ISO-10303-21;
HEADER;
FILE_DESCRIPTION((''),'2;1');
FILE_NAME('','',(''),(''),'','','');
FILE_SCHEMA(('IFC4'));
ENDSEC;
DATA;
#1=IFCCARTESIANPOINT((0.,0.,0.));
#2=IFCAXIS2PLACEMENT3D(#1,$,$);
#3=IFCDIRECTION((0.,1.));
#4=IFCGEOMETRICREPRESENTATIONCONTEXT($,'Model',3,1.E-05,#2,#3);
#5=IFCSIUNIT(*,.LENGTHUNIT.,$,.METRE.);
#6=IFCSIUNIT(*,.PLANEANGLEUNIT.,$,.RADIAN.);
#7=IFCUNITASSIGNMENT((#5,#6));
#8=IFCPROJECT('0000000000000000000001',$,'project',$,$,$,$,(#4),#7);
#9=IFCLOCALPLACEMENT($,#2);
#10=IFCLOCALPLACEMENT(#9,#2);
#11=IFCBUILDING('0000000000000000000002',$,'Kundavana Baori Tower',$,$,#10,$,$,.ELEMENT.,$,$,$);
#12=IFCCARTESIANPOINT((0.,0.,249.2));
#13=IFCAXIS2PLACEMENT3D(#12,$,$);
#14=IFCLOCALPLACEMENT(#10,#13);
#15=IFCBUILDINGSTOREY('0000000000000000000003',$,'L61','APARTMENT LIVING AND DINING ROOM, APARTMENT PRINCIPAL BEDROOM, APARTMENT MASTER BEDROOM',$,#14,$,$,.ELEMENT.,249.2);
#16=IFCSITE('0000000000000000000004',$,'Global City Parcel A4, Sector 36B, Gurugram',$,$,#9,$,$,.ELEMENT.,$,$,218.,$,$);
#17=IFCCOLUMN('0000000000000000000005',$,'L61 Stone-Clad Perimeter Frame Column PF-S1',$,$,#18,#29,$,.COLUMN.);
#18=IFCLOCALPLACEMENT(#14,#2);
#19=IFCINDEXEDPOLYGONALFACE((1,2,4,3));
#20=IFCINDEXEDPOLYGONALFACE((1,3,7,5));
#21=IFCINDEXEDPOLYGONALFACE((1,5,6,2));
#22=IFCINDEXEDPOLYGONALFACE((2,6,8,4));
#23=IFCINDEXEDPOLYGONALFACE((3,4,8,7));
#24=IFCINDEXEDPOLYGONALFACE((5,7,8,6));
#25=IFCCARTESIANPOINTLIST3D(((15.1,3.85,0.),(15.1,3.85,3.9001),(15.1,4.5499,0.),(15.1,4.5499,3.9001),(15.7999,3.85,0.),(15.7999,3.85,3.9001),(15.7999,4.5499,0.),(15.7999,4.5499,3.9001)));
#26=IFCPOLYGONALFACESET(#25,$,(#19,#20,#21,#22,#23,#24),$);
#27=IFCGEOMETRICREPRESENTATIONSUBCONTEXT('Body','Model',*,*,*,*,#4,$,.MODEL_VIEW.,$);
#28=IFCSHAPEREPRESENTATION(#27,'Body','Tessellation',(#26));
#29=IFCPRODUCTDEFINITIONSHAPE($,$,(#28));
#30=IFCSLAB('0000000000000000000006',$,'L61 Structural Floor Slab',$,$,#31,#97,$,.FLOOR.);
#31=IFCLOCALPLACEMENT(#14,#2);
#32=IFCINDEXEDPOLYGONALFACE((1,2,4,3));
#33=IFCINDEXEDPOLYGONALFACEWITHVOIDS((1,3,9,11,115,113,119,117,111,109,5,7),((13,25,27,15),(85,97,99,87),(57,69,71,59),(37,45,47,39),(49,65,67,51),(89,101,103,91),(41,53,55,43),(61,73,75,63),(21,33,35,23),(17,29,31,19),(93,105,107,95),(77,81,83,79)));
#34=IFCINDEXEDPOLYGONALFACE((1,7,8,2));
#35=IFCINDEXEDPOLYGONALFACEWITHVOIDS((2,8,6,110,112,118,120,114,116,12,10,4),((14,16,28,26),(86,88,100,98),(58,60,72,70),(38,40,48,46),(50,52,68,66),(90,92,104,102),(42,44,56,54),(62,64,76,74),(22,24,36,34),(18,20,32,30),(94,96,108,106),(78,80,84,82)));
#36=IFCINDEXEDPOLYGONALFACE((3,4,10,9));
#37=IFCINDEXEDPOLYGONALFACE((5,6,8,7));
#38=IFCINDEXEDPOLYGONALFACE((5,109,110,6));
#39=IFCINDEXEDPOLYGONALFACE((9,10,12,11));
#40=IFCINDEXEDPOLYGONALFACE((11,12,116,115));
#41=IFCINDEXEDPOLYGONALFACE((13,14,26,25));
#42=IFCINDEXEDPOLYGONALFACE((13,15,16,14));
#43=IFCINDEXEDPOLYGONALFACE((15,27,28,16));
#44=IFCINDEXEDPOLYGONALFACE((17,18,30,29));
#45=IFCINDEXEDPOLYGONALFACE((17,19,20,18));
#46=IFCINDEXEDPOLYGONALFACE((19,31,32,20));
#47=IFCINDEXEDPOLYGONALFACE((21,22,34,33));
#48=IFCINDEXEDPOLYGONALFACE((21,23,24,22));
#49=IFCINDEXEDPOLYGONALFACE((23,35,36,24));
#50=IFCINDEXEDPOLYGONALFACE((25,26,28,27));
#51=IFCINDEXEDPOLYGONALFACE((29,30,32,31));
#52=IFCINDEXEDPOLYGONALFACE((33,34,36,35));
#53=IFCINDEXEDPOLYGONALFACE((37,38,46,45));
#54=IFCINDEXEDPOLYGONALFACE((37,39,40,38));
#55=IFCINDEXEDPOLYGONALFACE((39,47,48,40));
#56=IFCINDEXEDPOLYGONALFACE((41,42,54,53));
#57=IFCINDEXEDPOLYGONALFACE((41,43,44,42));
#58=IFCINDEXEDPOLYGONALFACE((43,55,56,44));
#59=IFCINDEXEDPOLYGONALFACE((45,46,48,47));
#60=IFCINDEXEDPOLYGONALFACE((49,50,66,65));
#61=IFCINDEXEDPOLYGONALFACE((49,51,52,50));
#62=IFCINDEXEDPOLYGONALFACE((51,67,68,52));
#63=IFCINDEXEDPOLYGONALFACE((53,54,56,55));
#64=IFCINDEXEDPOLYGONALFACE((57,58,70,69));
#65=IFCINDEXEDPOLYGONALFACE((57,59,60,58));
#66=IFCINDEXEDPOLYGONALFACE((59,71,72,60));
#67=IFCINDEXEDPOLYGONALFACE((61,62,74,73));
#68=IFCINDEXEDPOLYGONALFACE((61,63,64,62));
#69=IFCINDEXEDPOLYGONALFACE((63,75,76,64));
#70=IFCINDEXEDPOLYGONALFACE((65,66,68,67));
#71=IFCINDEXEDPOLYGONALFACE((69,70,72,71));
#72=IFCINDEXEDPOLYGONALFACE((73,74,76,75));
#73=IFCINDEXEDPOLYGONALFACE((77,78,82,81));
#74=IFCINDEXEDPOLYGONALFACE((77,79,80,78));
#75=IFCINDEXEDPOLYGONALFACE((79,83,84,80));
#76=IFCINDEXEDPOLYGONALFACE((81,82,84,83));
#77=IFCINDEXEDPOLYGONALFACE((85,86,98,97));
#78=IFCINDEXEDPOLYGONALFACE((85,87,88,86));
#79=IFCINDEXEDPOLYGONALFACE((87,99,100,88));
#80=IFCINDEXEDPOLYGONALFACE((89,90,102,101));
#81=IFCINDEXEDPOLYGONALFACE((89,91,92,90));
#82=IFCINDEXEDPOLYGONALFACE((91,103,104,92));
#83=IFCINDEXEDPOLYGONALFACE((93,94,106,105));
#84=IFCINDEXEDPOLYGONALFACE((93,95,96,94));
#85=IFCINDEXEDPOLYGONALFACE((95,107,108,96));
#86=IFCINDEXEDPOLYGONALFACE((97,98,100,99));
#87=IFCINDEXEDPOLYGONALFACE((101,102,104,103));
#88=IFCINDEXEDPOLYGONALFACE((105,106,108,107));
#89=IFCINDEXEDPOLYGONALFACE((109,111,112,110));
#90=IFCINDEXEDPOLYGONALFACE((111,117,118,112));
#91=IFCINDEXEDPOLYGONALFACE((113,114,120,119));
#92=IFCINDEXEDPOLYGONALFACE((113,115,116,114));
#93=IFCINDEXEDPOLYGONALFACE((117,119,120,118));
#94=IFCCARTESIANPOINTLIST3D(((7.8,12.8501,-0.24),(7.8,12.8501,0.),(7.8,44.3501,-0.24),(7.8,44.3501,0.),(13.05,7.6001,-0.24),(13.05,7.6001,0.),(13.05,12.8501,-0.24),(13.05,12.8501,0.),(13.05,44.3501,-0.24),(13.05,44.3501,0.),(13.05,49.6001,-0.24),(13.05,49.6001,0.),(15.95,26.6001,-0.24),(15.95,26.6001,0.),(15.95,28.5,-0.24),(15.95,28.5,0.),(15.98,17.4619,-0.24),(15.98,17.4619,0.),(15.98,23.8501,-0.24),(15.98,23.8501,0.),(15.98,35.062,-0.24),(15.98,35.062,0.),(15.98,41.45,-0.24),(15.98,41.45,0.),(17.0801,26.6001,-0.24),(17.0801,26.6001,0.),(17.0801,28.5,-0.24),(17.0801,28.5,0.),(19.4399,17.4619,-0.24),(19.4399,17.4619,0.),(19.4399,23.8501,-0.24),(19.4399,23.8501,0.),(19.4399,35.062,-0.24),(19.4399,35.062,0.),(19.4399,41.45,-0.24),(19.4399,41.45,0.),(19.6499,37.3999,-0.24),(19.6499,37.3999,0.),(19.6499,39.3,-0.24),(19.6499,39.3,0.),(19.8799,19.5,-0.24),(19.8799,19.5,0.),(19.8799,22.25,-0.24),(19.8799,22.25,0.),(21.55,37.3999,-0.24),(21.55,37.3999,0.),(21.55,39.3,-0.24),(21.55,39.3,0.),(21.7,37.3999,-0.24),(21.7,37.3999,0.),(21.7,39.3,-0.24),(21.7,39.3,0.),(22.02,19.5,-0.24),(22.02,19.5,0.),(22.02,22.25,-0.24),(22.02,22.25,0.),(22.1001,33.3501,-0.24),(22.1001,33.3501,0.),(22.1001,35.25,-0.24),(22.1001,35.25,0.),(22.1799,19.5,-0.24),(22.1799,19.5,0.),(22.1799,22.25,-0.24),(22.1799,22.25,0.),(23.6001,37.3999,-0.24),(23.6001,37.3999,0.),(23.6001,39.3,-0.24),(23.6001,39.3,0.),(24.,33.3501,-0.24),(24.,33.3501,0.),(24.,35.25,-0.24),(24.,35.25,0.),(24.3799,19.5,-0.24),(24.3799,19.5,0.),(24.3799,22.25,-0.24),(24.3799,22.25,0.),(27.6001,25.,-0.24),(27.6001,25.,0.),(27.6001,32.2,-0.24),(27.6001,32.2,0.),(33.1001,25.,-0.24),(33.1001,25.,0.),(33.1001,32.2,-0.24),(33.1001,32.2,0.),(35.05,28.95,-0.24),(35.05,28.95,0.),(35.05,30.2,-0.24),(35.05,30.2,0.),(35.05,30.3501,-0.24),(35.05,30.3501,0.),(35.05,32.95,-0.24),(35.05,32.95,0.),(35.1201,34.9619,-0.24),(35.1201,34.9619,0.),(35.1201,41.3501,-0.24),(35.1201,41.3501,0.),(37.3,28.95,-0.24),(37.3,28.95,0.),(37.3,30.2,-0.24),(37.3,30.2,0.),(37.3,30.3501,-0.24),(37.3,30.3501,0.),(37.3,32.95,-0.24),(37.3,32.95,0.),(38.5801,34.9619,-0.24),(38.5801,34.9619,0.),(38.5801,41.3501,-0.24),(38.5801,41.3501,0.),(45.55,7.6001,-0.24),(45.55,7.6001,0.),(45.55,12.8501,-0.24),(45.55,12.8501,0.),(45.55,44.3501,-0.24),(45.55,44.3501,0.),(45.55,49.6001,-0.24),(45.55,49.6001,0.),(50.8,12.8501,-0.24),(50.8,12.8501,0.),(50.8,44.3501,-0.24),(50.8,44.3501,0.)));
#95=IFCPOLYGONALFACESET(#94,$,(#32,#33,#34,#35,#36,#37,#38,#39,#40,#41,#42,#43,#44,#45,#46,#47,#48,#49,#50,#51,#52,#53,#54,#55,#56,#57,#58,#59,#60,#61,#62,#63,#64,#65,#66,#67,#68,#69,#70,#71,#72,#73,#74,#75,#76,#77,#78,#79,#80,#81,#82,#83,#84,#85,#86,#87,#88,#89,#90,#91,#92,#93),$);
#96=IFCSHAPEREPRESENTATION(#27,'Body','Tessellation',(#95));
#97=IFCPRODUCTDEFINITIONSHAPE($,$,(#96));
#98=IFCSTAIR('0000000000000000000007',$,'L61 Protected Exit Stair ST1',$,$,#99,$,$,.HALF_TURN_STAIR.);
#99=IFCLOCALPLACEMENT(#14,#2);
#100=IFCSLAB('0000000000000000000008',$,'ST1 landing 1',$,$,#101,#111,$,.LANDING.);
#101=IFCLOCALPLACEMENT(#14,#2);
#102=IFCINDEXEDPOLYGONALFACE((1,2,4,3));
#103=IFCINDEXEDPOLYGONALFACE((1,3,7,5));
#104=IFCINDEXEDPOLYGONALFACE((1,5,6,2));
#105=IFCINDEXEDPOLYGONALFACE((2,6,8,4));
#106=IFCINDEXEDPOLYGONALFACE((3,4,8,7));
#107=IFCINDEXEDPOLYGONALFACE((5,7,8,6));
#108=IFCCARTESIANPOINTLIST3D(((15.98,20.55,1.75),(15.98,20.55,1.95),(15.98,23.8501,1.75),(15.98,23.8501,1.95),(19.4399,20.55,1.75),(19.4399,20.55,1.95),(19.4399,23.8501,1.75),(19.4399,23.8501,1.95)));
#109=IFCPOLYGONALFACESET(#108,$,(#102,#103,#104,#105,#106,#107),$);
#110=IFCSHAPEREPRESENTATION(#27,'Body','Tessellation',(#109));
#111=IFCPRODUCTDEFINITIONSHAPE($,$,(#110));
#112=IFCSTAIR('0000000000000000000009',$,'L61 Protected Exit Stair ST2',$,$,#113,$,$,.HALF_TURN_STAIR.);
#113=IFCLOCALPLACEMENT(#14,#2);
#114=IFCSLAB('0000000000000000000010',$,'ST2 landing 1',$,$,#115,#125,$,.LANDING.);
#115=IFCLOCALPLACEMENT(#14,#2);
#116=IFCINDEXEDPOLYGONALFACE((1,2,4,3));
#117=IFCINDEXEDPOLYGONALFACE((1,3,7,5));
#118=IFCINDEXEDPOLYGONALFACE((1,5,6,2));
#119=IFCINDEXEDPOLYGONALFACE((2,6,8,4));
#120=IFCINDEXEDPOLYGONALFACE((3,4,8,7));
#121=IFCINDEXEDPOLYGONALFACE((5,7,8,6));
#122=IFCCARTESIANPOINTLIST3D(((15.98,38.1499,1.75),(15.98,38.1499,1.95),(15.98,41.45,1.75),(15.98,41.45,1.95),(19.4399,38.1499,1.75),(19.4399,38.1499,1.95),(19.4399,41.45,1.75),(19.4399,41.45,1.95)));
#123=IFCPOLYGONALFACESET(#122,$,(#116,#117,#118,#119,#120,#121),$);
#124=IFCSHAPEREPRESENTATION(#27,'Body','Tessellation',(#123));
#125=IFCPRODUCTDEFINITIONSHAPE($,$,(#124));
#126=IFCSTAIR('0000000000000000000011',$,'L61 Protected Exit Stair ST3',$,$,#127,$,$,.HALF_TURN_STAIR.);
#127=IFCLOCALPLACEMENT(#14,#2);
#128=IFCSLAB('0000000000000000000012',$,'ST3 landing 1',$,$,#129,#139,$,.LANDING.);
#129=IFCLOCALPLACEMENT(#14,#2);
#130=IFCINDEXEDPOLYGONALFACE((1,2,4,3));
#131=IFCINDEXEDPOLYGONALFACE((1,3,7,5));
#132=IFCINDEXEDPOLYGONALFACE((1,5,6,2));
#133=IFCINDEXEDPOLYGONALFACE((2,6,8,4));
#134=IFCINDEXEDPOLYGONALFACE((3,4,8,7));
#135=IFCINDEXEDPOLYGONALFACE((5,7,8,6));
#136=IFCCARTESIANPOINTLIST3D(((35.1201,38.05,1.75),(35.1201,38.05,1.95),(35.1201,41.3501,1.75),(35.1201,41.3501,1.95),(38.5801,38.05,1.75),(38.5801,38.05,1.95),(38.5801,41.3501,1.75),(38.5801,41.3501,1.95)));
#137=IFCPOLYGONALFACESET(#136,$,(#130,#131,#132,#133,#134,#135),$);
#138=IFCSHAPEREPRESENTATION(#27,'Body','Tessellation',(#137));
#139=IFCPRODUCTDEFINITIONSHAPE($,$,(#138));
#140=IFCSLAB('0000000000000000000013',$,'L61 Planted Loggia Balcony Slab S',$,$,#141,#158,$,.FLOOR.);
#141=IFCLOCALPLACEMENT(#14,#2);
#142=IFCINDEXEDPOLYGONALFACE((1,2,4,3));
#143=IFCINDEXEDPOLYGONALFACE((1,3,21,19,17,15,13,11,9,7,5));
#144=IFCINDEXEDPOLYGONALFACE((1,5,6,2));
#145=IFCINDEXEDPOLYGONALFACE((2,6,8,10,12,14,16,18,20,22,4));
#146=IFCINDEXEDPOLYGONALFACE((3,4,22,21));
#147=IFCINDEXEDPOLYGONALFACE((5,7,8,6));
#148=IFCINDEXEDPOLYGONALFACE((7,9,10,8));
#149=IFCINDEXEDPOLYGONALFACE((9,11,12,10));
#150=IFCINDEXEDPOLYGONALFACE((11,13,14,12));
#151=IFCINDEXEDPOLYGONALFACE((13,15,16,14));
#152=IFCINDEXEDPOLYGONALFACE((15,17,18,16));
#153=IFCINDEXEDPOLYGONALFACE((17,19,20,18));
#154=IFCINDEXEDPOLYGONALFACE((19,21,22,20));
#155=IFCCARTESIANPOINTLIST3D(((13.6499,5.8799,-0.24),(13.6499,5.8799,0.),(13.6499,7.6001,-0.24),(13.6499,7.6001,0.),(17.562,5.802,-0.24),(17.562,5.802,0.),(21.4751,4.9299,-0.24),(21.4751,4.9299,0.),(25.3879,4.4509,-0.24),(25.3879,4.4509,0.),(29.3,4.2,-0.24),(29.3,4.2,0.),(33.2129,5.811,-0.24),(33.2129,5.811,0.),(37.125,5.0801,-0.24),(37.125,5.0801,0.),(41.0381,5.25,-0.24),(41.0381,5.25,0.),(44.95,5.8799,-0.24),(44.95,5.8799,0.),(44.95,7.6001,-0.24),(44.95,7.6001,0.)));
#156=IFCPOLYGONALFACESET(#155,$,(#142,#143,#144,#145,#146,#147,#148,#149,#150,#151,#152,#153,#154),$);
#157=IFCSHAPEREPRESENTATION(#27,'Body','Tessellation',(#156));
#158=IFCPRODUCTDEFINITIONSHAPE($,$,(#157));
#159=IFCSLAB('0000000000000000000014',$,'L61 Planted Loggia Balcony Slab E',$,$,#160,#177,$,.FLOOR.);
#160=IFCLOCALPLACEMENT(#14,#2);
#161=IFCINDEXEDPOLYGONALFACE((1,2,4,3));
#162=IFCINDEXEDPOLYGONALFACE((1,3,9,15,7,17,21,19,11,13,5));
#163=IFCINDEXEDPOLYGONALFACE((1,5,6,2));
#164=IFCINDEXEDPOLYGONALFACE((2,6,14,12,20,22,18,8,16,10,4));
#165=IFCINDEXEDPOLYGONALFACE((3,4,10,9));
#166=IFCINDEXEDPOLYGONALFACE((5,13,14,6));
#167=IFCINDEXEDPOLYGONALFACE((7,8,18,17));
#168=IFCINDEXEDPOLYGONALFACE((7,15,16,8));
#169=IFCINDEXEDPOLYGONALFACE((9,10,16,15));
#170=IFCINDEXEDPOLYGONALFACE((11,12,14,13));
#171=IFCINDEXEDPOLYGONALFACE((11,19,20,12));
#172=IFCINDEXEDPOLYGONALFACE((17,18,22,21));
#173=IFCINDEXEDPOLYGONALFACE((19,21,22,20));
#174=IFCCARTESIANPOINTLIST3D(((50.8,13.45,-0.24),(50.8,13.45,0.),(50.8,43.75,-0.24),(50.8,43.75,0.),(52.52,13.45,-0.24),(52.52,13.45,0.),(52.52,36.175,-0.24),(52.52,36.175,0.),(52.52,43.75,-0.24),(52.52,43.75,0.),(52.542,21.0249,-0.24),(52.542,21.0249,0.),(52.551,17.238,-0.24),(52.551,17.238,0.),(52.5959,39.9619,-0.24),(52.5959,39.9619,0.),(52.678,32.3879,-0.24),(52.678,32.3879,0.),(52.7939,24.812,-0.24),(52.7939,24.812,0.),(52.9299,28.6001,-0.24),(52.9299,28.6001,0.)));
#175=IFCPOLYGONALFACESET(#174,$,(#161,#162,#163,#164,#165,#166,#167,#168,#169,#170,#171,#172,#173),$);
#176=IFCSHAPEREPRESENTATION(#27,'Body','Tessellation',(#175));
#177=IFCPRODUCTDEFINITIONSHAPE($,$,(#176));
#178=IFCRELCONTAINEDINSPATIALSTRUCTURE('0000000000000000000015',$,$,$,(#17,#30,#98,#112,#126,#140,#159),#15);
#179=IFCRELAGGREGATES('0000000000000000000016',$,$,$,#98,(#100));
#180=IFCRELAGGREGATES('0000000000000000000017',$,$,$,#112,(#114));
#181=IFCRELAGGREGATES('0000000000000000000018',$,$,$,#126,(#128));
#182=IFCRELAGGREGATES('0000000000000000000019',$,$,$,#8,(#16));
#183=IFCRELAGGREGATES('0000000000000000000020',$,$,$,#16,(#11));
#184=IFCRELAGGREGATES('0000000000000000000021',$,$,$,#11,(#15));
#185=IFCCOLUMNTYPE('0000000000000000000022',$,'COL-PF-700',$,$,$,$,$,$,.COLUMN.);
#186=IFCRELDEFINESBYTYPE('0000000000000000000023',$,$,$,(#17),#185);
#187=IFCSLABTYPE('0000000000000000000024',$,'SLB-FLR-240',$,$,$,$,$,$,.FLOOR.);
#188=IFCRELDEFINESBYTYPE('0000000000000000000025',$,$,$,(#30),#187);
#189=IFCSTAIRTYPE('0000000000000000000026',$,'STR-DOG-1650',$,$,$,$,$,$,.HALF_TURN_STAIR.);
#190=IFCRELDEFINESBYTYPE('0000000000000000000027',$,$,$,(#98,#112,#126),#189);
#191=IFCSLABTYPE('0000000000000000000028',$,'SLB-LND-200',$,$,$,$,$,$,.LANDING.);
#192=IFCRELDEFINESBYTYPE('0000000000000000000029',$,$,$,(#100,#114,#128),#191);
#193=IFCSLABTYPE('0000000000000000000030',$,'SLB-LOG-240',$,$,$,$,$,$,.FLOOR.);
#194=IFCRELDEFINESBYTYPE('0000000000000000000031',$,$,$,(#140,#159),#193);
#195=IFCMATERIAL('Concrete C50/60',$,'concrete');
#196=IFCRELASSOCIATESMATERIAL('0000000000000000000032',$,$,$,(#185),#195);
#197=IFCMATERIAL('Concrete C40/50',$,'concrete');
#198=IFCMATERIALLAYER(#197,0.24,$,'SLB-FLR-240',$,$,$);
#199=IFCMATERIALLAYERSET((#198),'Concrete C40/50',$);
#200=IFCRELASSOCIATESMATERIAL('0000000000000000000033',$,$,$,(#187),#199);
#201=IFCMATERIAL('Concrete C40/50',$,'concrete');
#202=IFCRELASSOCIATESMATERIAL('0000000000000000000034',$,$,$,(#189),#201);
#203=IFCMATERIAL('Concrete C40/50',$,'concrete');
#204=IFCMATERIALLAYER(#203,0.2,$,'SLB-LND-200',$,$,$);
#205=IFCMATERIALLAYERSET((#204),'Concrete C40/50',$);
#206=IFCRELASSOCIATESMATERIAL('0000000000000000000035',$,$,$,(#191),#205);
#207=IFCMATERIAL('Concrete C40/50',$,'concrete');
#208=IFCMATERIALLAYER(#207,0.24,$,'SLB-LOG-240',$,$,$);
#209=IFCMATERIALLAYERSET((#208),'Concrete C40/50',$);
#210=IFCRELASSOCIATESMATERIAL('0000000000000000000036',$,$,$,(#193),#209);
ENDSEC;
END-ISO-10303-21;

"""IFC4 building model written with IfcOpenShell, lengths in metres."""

from ifc_helpers import new_model, si_unit, direction, frame, origin, origin_2d, place, context, subcontext, project, spatial, polyline, rectangle, outline, extrude, material, layer, layer_set, material_profile, profile_set, type_object, element, aggregate, save


model = new_model("IFC4")

# Units and contexts
model_context = context("Model", 3, precision=1e-05, world=origin(), true_north=direction((0.0, 1.0)))
body_context = subcontext(model_context, "Body", "Model", "MODEL_VIEW")
ifc_project = project(units=[si_unit("LENGTHUNIT", "METRE"), si_unit("PLANEANGLEUNIT", "RADIAN")], contexts=[model_context])

# Site, building, storey
site_placement = place(None, origin())
site = spatial("IfcSite", under=ifc_project, at=site_placement, Name="Global City Parcel A4, Sector 36B, Gurugram", CompositionType="ELEMENT", RefElevation=218.0)
building_placement = place(site_placement, origin())
building = spatial("IfcBuilding", under=site, at=building_placement, Name="Kundavana Baori Tower", CompositionType="ELEMENT")
storey_placement = place(building_placement, frame((0.0, 0.0, 249.2)))
storey = spatial("IfcBuildingStorey", under=building, at=storey_placement, Name="L61", Description="APARTMENT LIVING AND DINING ROOM, APARTMENT PRINCIPAL BEDROOM, APARTMENT MASTER BEDROOM", CompositionType="ELEMENT", Elevation=249.2)

# Column
ifc_material_1 = material(Name="Concrete C50/60", Category="concrete")
ifc_material_profile = material_profile(ifc_material_1, rectangle(XDim=0.7, YDim=0.7, at=origin_2d()), Name="RC PF 700x700")
ifc_profile_set = profile_set([ifc_material_profile], Name="Concrete C50/60")
column_type = type_object("IfcColumnType", Name="COL-PF-700", PredefinedType="COLUMN", material=ifc_profile_set)
column_placement = place(storey_placement, frame((15.45, 4.2, 0.0), z_axis=(0.0, 0.0, 1.0), x_axis=(1.0, 0.0, 0.0)))
element("IfcColumn", 1, at=column_placement, inside=storey, type_object=column_type, Name="L61 Stone-Clad Perimeter Frame Column PF-S1", PredefinedType="COLUMN", context=body_context, shape_type="SweptSolid", body=[
    extrude(rectangle(XDim=0.7, YDim=0.7, at=origin_2d()), origin(), (0.0, 0.0, 1.0), 3.9001),
])

# Slab
ifc_material_2 = material(Name="Concrete C40/50", Category="concrete")
ifc_layer_1 = layer(ifc_material_2, 0.24, Name="SLB-FLR-240")
ifc_layer_set_1 = layer_set([ifc_layer_1], Name="Concrete C40/50")
slab_type_1 = type_object("IfcSlabType", Name="SLB-FLR-240", PredefinedType="FLOOR", material=ifc_layer_set_1)
slab_1_placement = place(storey_placement, frame((0.0, 0.0, -0.24)))
element("IfcSlab", 2, at=slab_1_placement, inside=storey, type_object=slab_type_1, Name="L61 Structural Floor Slab", PredefinedType="FLOOR", context=body_context, shape_type="SweptSolid", body=[
    extrude(outline(polyline([(13.05, 7.6001), (45.55, 7.6001), (45.55, 12.8501), (50.8, 12.8501), (50.8, 44.3501), (45.55, 44.3501), (45.55, 49.6001), (13.05, 49.6001), (13.05, 44.3501), (7.8, 44.3501), (7.8, 12.8501), (13.05, 12.8501), (13.05, 7.6001)]), holes=[polyline([(19.4399, 17.4619), (19.4399, 23.8501), (15.98, 23.8501), (15.98, 17.4619), (19.4399, 17.4619)]), polyline([(19.4399, 35.062), (19.4399, 41.45), (15.98, 41.45), (15.98, 35.062), (19.4399, 35.062)]), polyline([(38.5801, 34.9619), (38.5801, 41.3501), (35.1201, 41.3501), (35.1201, 34.9619), (38.5801, 34.9619)]), polyline([(19.6499, 37.3999), (21.55, 37.3999), (21.55, 39.3), (19.6499, 39.3), (19.6499, 37.3999)]), polyline([(21.7, 37.3999), (23.6001, 37.3999), (23.6001, 39.3), (21.7, 39.3), (21.7, 37.3999)]), polyline([(22.1001, 33.3501), (24.0, 33.3501), (24.0, 35.25), (22.1001, 35.25), (22.1001, 33.3501)]), polyline([(19.8799, 19.5), (22.02, 19.5), (22.02, 22.25), (19.8799, 22.25), (19.8799, 19.5)]), polyline([(22.1799, 19.5), (24.3799, 19.5), (24.3799, 22.25), (22.1799, 22.25), (22.1799, 19.5)]), polyline([(35.05, 30.3501), (37.3, 30.3501), (37.3, 32.95), (35.05, 32.95), (35.05, 30.3501)]), polyline([(15.95, 26.6001), (17.0801, 26.6001), (17.0801, 28.5), (15.95, 28.5), (15.95, 26.6001)]), polyline([(35.05, 28.95), (37.3, 28.95), (37.3, 30.2), (35.05, 30.2), (35.05, 28.95)]), polyline([(27.6001, 25.0), (33.1001, 25.0), (33.1001, 32.2), (27.6001, 32.2), (27.6001, 25.0)])]), origin(), (0.0, 0.0, 1.0), 0.24),
])

# Stairs, slabs
ifc_material_3 = material(Name="Concrete C40/50", Category="concrete")
stair_type = type_object("IfcStairType", Name="STR-DOG-1650", PredefinedType="HALF_TURN_STAIR", material=ifc_material_3)
stair_1_placement = place(storey_placement, origin())
stair_1 = element("IfcStair", 3, at=stair_1_placement, inside=storey, type_object=stair_type, Name="L61 Protected Exit Stair ST1", PredefinedType="HALF_TURN_STAIR")
ifc_material_4 = material(Name="Concrete C40/50", Category="concrete")
ifc_layer_2 = layer(ifc_material_4, 0.2, Name="SLB-LND-200")
ifc_layer_set_2 = layer_set([ifc_layer_2], Name="Concrete C40/50")
slab_type_2 = type_object("IfcSlabType", Name="SLB-LND-200", PredefinedType="LANDING", material=ifc_layer_set_2)
slab_2_placement = place(storey_placement, frame((0.0, 0.0, 1.75)))
slab_2 = element("IfcSlab", 4, at=slab_2_placement, type_object=slab_type_2, Name="ST1 landing 1", PredefinedType="LANDING", context=body_context, shape_type="SweptSolid", body=[
    extrude(outline(polyline([(19.4399, 20.55), (19.4399, 23.8501), (15.98, 23.8501), (15.98, 20.55), (19.4399, 20.55)])), origin(), (0.0, 0.0, 1.0), 0.2),
])
aggregate(stair_1, [slab_2])
stair_2_placement = place(storey_placement, origin())
stair_2 = element("IfcStair", 5, at=stair_2_placement, inside=storey, type_object=stair_type, Name="L61 Protected Exit Stair ST2", PredefinedType="HALF_TURN_STAIR")
slab_3_placement = place(storey_placement, frame((0.0, 0.0, 1.75)))
slab_3 = element("IfcSlab", 6, at=slab_3_placement, type_object=slab_type_2, Name="ST2 landing 1", PredefinedType="LANDING", context=body_context, shape_type="SweptSolid", body=[
    extrude(outline(polyline([(19.4399, 38.1499), (19.4399, 41.45), (15.98, 41.45), (15.98, 38.1499), (19.4399, 38.1499)])), origin(), (0.0, 0.0, 1.0), 0.2),
])
aggregate(stair_2, [slab_3])
stair_3_placement = place(storey_placement, origin())
stair_3 = element("IfcStair", 7, at=stair_3_placement, inside=storey, type_object=stair_type, Name="L61 Protected Exit Stair ST3", PredefinedType="HALF_TURN_STAIR")
slab_4_placement = place(storey_placement, frame((0.0, 0.0, 1.75)))
slab_4 = element("IfcSlab", 8, at=slab_4_placement, type_object=slab_type_2, Name="ST3 landing 1", PredefinedType="LANDING", context=body_context, shape_type="SweptSolid", body=[
    extrude(outline(polyline([(38.5801, 38.05), (38.5801, 41.3501), (35.1201, 41.3501), (35.1201, 38.05), (38.5801, 38.05)])), origin(), (0.0, 0.0, 1.0), 0.2),
])
aggregate(stair_3, [slab_4])

# Slabs
ifc_material_5 = material(Name="Concrete C40/50", Category="concrete")
ifc_layer_3 = layer(ifc_material_5, 0.24, Name="SLB-LOG-240")
ifc_layer_set_3 = layer_set([ifc_layer_3], Name="Concrete C40/50")
slab_type_3 = type_object("IfcSlabType", Name="SLB-LOG-240", PredefinedType="FLOOR", material=ifc_layer_set_3)
slab_5_placement = place(storey_placement, frame((0.0, 0.0, -0.24)))
element("IfcSlab", 9, at=slab_5_placement, inside=storey, type_object=slab_type_3, Name="L61 Planted Loggia Balcony Slab S", PredefinedType="FLOOR", context=body_context, shape_type="SweptSolid", body=[
    extrude(outline(polyline([(13.6499, 7.6001), (44.95, 7.6001), (44.95, 5.8799), (41.0381, 5.25), (37.125, 5.0801), (33.2129, 5.811), (29.3, 4.2), (25.3879, 4.4509), (21.4751, 4.9299), (17.562, 5.802), (13.6499, 5.8799), (13.6499, 7.6001)])), origin(), (0.0, 0.0, 1.0), 0.24),
])
slab_6_placement = place(storey_placement, frame((0.0, 0.0, -0.24)))
element("IfcSlab", 10, at=slab_6_placement, inside=storey, type_object=slab_type_3, Name="L61 Planted Loggia Balcony Slab E", PredefinedType="FLOOR", context=body_context, shape_type="SweptSolid", body=[
    extrude(outline(polyline([(50.8, 13.45), (50.8, 43.75), (52.52, 43.75), (52.5959, 39.9619), (52.52, 36.175), (52.678, 32.3879), (52.9299, 28.6001), (52.7939, 24.812), (52.542, 21.0249), (52.551, 17.238), (52.52, 13.45), (50.8, 13.45)])), origin(), (0.0, 0.0, 1.0), 0.24),
])

save(model, "model.ifc")
